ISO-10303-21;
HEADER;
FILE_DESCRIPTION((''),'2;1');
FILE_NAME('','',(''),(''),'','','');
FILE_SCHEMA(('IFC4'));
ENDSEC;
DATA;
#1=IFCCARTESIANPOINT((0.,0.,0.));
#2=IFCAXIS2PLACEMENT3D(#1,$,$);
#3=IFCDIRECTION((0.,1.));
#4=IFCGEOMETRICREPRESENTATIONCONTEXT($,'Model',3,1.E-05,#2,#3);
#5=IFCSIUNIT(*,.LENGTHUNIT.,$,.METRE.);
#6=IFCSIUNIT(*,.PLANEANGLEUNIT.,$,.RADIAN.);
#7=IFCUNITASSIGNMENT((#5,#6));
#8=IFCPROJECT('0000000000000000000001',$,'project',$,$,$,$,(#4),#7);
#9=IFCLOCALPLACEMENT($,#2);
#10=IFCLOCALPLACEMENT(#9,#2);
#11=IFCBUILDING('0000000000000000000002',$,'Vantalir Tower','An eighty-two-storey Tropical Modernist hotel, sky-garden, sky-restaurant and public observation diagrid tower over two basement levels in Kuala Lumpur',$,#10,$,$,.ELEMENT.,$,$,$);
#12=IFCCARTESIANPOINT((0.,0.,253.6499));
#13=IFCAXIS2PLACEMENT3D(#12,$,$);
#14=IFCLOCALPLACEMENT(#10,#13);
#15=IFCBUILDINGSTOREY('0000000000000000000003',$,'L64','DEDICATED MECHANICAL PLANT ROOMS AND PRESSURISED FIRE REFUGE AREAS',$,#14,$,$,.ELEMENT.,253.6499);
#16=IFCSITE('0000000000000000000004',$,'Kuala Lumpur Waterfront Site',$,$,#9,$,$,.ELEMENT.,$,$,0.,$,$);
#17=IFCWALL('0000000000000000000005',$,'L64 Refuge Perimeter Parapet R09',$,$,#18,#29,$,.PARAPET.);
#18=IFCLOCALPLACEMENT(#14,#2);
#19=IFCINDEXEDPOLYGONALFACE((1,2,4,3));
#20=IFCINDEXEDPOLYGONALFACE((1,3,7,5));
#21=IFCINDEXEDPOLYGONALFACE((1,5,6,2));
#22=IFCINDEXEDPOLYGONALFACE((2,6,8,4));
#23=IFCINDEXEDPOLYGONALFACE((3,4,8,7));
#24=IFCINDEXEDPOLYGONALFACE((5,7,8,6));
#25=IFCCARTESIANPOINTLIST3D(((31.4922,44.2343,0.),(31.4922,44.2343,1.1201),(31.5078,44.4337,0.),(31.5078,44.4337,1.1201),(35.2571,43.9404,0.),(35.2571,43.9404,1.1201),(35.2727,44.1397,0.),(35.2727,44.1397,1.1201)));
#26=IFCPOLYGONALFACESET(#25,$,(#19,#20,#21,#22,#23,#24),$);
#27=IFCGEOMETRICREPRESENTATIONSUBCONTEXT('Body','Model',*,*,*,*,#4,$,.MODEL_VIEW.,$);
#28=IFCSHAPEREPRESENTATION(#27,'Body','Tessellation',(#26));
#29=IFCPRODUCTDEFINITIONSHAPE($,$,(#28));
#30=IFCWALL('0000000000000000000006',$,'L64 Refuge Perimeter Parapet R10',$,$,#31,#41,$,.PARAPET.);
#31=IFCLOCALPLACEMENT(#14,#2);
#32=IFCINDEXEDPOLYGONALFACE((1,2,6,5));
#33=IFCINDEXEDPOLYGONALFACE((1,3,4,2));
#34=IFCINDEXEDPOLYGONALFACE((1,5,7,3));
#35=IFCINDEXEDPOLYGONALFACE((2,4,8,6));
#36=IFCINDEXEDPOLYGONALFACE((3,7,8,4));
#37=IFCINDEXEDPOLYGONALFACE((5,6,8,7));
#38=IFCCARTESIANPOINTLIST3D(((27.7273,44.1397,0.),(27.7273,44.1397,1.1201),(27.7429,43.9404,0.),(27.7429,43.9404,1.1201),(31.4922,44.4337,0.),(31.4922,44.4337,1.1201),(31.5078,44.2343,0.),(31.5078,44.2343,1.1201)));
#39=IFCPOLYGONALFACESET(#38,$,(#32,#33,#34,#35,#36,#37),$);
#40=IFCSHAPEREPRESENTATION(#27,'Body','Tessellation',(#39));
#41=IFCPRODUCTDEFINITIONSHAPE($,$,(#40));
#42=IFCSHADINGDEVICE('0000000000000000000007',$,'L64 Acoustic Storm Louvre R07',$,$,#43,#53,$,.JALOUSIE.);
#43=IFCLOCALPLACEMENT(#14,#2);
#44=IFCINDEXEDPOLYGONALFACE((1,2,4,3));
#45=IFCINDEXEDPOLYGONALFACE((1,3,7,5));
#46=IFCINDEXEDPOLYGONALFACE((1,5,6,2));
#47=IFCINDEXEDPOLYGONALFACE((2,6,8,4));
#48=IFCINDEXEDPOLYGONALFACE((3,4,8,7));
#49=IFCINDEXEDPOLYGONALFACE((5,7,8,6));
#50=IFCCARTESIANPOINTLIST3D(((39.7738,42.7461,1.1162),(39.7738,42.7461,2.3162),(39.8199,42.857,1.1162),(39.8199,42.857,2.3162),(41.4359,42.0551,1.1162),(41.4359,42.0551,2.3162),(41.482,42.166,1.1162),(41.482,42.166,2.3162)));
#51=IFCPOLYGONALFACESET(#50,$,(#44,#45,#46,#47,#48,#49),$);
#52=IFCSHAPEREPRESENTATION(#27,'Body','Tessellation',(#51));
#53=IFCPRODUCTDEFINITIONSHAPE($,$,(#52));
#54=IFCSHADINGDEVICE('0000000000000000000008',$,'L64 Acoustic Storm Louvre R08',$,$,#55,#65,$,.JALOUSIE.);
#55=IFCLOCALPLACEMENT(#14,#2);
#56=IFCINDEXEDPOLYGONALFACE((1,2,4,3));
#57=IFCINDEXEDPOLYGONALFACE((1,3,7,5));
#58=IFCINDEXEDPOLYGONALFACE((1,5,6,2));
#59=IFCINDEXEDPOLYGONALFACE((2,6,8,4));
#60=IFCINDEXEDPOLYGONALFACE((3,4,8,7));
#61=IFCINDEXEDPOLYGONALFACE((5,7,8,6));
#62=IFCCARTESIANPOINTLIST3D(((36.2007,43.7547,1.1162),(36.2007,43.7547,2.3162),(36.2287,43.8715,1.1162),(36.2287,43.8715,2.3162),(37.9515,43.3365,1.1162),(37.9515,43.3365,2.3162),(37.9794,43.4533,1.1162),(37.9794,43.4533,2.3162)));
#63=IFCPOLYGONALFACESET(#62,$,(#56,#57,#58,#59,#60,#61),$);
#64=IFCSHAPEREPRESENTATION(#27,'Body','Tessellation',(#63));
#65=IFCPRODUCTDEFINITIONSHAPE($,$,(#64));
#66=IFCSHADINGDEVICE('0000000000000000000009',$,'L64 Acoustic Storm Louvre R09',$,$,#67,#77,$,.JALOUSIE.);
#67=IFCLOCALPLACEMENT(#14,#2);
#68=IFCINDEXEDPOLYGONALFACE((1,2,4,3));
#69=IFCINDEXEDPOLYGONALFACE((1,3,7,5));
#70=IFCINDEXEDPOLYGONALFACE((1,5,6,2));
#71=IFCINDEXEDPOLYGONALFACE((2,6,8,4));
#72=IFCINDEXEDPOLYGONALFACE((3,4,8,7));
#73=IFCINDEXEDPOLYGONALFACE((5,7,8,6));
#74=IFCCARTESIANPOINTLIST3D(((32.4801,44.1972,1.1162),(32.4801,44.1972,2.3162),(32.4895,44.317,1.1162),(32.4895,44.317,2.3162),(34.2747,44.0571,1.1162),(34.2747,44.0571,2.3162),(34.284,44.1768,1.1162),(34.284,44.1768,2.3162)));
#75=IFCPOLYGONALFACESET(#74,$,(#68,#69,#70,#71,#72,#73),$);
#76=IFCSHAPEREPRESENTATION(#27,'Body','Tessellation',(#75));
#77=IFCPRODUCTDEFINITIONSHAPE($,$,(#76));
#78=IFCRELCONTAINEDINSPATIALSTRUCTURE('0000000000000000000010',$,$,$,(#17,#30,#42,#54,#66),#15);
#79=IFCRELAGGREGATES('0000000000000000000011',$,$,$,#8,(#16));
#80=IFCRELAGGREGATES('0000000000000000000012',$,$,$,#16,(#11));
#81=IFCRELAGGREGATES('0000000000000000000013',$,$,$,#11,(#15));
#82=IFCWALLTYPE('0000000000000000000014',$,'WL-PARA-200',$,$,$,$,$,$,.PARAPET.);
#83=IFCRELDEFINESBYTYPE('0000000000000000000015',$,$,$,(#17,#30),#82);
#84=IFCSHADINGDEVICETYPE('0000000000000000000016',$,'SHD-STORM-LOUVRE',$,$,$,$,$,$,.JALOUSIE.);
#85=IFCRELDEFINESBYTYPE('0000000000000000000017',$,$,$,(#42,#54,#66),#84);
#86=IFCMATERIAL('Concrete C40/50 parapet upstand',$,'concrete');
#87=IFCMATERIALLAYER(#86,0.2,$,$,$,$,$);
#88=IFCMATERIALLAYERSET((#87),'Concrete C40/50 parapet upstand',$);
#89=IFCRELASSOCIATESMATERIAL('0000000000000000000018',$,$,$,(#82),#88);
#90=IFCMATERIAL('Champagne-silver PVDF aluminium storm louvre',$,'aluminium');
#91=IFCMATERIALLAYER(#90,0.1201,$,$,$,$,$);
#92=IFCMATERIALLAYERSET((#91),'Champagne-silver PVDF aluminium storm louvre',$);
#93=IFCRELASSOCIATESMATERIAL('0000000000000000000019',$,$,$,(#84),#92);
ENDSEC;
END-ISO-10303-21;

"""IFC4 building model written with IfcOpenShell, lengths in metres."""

from ifc_helpers import new_model, si_unit, direction, frame, frame_2d, origin, origin_2d, place, context, subcontext, project, spatial, rectangle, extrude, material, layer, layer_set, type_object, element, save


model = new_model("IFC4")

# Units and contexts
model_context = context("Model", 3, precision=1e-05, world=origin(), true_north=direction((0.0, 1.0)))
body_context = subcontext(model_context, "Body", "Model", "MODEL_VIEW")
ifc_project = project(units=[si_unit("LENGTHUNIT", "METRE"), si_unit("PLANEANGLEUNIT", "RADIAN")], contexts=[model_context])

# Site, building, storey
site_placement = place(None, origin())
site = spatial("IfcSite", under=ifc_project, at=site_placement, Name="Kuala Lumpur Waterfront Site", CompositionType="ELEMENT", RefElevation=0.0)
building_placement = place(site_placement, origin())
building = spatial("IfcBuilding", under=site, at=building_placement, Name="Vantalir Tower", Description="An eighty-two-storey Tropical Modernist hotel, sky-garden, sky-restaurant and public observation diagrid tower over two basement levels in Kuala Lumpur", CompositionType="ELEMENT")
storey_placement = place(building_placement, frame((0.0, 0.0, 253.6499)))
storey = spatial("IfcBuildingStorey", under=building, at=storey_placement, Name="L64", Description="DEDICATED MECHANICAL PLANT ROOMS AND PRESSURISED FIRE REFUGE AREAS", CompositionType="ELEMENT", Elevation=253.6499)

# Walls
ifc_material_1 = material(Name="Concrete C40/50 parapet upstand", Category="concrete")
ifc_layer_1 = layer(ifc_material_1, 0.2)
ifc_layer_set_1 = layer_set([ifc_layer_1], Name="Concrete C40/50 parapet upstand")
wall_type_1 = type_object("IfcWallType", Name="WL-PARA-200", PredefinedType="PARAPET", material=ifc_layer_set_1)
for number, where, z_axis, x_axis, name in (
    (1, (35.2649, 44.04, 0.0), (0.0, 0.0, 1.0), (-0.996966, 0.077838, 0.0), "L64 Refuge Perimeter Parapet R09"),
    (2, (31.5, 44.334, 0.0), (0.0, 0.0, 1.0), (-0.996966, -0.077838, 0.0), "L64 Refuge Perimeter Parapet R10"),
):
    element("IfcWall", number, at=place(storey_placement, frame(where, z_axis=z_axis, x_axis=x_axis)), inside=storey, type_object=wall_type_1, Name=name, PredefinedType="PARAPET", context=body_context, shape_type="SweptSolid", body=[
        extrude(rectangle(XDim=3.7764, YDim=0.2, at=frame_2d((1.8882, 0.0))), origin(), (0.0, 0.0, 1.0), 1.1201),
    ])

# Shading devices
ifc_material_2 = material(Name="Champagne-silver PVDF aluminium storm louvre", Category="aluminium")
ifc_layer_2 = layer(ifc_material_2, 0.1201)
ifc_layer_set_2 = layer_set([ifc_layer_2], Name="Champagne-silver PVDF aluminium storm louvre")
shading_device_type = type_object("IfcShadingDeviceType", Name="SHD-STORM-LOUVRE", PredefinedType="JALOUSIE", material=ifc_layer_set_2)
for number, where, z_axis, x_axis, name in (
    (3, (40.6279, 42.4561, 1.1162), (0.0, 0.0, 1.0), (-0.923371, 0.383909, 0.0), "L64 Acoustic Storm Louvre R07"),
    (4, (37.0901, 43.604, 1.1162), (0.0, 0.0, 1.0), (-0.97263, 0.232359, 0.0), "L64 Acoustic Storm Louvre R08"),
    (5, (33.3821, 44.187, 1.1162), (0.0, 0.0, 1.0), (-0.996965, 0.07785, 0.0), "L64 Acoustic Storm Louvre R09"),
):
    element("IfcShadingDevice", number, at=place(storey_placement, frame(where, z_axis=z_axis, x_axis=x_axis)), inside=storey, type_object=shading_device_type, Name=name, PredefinedType="JALOUSIE", context=body_context, shape_type="SweptSolid", body=[
        extrude(rectangle(XDim=1.8, YDim=0.1201, at=origin_2d()), origin(), (0.0, 0.0, 1.0), 1.2),
    ])

save(model, "model.ifc")
